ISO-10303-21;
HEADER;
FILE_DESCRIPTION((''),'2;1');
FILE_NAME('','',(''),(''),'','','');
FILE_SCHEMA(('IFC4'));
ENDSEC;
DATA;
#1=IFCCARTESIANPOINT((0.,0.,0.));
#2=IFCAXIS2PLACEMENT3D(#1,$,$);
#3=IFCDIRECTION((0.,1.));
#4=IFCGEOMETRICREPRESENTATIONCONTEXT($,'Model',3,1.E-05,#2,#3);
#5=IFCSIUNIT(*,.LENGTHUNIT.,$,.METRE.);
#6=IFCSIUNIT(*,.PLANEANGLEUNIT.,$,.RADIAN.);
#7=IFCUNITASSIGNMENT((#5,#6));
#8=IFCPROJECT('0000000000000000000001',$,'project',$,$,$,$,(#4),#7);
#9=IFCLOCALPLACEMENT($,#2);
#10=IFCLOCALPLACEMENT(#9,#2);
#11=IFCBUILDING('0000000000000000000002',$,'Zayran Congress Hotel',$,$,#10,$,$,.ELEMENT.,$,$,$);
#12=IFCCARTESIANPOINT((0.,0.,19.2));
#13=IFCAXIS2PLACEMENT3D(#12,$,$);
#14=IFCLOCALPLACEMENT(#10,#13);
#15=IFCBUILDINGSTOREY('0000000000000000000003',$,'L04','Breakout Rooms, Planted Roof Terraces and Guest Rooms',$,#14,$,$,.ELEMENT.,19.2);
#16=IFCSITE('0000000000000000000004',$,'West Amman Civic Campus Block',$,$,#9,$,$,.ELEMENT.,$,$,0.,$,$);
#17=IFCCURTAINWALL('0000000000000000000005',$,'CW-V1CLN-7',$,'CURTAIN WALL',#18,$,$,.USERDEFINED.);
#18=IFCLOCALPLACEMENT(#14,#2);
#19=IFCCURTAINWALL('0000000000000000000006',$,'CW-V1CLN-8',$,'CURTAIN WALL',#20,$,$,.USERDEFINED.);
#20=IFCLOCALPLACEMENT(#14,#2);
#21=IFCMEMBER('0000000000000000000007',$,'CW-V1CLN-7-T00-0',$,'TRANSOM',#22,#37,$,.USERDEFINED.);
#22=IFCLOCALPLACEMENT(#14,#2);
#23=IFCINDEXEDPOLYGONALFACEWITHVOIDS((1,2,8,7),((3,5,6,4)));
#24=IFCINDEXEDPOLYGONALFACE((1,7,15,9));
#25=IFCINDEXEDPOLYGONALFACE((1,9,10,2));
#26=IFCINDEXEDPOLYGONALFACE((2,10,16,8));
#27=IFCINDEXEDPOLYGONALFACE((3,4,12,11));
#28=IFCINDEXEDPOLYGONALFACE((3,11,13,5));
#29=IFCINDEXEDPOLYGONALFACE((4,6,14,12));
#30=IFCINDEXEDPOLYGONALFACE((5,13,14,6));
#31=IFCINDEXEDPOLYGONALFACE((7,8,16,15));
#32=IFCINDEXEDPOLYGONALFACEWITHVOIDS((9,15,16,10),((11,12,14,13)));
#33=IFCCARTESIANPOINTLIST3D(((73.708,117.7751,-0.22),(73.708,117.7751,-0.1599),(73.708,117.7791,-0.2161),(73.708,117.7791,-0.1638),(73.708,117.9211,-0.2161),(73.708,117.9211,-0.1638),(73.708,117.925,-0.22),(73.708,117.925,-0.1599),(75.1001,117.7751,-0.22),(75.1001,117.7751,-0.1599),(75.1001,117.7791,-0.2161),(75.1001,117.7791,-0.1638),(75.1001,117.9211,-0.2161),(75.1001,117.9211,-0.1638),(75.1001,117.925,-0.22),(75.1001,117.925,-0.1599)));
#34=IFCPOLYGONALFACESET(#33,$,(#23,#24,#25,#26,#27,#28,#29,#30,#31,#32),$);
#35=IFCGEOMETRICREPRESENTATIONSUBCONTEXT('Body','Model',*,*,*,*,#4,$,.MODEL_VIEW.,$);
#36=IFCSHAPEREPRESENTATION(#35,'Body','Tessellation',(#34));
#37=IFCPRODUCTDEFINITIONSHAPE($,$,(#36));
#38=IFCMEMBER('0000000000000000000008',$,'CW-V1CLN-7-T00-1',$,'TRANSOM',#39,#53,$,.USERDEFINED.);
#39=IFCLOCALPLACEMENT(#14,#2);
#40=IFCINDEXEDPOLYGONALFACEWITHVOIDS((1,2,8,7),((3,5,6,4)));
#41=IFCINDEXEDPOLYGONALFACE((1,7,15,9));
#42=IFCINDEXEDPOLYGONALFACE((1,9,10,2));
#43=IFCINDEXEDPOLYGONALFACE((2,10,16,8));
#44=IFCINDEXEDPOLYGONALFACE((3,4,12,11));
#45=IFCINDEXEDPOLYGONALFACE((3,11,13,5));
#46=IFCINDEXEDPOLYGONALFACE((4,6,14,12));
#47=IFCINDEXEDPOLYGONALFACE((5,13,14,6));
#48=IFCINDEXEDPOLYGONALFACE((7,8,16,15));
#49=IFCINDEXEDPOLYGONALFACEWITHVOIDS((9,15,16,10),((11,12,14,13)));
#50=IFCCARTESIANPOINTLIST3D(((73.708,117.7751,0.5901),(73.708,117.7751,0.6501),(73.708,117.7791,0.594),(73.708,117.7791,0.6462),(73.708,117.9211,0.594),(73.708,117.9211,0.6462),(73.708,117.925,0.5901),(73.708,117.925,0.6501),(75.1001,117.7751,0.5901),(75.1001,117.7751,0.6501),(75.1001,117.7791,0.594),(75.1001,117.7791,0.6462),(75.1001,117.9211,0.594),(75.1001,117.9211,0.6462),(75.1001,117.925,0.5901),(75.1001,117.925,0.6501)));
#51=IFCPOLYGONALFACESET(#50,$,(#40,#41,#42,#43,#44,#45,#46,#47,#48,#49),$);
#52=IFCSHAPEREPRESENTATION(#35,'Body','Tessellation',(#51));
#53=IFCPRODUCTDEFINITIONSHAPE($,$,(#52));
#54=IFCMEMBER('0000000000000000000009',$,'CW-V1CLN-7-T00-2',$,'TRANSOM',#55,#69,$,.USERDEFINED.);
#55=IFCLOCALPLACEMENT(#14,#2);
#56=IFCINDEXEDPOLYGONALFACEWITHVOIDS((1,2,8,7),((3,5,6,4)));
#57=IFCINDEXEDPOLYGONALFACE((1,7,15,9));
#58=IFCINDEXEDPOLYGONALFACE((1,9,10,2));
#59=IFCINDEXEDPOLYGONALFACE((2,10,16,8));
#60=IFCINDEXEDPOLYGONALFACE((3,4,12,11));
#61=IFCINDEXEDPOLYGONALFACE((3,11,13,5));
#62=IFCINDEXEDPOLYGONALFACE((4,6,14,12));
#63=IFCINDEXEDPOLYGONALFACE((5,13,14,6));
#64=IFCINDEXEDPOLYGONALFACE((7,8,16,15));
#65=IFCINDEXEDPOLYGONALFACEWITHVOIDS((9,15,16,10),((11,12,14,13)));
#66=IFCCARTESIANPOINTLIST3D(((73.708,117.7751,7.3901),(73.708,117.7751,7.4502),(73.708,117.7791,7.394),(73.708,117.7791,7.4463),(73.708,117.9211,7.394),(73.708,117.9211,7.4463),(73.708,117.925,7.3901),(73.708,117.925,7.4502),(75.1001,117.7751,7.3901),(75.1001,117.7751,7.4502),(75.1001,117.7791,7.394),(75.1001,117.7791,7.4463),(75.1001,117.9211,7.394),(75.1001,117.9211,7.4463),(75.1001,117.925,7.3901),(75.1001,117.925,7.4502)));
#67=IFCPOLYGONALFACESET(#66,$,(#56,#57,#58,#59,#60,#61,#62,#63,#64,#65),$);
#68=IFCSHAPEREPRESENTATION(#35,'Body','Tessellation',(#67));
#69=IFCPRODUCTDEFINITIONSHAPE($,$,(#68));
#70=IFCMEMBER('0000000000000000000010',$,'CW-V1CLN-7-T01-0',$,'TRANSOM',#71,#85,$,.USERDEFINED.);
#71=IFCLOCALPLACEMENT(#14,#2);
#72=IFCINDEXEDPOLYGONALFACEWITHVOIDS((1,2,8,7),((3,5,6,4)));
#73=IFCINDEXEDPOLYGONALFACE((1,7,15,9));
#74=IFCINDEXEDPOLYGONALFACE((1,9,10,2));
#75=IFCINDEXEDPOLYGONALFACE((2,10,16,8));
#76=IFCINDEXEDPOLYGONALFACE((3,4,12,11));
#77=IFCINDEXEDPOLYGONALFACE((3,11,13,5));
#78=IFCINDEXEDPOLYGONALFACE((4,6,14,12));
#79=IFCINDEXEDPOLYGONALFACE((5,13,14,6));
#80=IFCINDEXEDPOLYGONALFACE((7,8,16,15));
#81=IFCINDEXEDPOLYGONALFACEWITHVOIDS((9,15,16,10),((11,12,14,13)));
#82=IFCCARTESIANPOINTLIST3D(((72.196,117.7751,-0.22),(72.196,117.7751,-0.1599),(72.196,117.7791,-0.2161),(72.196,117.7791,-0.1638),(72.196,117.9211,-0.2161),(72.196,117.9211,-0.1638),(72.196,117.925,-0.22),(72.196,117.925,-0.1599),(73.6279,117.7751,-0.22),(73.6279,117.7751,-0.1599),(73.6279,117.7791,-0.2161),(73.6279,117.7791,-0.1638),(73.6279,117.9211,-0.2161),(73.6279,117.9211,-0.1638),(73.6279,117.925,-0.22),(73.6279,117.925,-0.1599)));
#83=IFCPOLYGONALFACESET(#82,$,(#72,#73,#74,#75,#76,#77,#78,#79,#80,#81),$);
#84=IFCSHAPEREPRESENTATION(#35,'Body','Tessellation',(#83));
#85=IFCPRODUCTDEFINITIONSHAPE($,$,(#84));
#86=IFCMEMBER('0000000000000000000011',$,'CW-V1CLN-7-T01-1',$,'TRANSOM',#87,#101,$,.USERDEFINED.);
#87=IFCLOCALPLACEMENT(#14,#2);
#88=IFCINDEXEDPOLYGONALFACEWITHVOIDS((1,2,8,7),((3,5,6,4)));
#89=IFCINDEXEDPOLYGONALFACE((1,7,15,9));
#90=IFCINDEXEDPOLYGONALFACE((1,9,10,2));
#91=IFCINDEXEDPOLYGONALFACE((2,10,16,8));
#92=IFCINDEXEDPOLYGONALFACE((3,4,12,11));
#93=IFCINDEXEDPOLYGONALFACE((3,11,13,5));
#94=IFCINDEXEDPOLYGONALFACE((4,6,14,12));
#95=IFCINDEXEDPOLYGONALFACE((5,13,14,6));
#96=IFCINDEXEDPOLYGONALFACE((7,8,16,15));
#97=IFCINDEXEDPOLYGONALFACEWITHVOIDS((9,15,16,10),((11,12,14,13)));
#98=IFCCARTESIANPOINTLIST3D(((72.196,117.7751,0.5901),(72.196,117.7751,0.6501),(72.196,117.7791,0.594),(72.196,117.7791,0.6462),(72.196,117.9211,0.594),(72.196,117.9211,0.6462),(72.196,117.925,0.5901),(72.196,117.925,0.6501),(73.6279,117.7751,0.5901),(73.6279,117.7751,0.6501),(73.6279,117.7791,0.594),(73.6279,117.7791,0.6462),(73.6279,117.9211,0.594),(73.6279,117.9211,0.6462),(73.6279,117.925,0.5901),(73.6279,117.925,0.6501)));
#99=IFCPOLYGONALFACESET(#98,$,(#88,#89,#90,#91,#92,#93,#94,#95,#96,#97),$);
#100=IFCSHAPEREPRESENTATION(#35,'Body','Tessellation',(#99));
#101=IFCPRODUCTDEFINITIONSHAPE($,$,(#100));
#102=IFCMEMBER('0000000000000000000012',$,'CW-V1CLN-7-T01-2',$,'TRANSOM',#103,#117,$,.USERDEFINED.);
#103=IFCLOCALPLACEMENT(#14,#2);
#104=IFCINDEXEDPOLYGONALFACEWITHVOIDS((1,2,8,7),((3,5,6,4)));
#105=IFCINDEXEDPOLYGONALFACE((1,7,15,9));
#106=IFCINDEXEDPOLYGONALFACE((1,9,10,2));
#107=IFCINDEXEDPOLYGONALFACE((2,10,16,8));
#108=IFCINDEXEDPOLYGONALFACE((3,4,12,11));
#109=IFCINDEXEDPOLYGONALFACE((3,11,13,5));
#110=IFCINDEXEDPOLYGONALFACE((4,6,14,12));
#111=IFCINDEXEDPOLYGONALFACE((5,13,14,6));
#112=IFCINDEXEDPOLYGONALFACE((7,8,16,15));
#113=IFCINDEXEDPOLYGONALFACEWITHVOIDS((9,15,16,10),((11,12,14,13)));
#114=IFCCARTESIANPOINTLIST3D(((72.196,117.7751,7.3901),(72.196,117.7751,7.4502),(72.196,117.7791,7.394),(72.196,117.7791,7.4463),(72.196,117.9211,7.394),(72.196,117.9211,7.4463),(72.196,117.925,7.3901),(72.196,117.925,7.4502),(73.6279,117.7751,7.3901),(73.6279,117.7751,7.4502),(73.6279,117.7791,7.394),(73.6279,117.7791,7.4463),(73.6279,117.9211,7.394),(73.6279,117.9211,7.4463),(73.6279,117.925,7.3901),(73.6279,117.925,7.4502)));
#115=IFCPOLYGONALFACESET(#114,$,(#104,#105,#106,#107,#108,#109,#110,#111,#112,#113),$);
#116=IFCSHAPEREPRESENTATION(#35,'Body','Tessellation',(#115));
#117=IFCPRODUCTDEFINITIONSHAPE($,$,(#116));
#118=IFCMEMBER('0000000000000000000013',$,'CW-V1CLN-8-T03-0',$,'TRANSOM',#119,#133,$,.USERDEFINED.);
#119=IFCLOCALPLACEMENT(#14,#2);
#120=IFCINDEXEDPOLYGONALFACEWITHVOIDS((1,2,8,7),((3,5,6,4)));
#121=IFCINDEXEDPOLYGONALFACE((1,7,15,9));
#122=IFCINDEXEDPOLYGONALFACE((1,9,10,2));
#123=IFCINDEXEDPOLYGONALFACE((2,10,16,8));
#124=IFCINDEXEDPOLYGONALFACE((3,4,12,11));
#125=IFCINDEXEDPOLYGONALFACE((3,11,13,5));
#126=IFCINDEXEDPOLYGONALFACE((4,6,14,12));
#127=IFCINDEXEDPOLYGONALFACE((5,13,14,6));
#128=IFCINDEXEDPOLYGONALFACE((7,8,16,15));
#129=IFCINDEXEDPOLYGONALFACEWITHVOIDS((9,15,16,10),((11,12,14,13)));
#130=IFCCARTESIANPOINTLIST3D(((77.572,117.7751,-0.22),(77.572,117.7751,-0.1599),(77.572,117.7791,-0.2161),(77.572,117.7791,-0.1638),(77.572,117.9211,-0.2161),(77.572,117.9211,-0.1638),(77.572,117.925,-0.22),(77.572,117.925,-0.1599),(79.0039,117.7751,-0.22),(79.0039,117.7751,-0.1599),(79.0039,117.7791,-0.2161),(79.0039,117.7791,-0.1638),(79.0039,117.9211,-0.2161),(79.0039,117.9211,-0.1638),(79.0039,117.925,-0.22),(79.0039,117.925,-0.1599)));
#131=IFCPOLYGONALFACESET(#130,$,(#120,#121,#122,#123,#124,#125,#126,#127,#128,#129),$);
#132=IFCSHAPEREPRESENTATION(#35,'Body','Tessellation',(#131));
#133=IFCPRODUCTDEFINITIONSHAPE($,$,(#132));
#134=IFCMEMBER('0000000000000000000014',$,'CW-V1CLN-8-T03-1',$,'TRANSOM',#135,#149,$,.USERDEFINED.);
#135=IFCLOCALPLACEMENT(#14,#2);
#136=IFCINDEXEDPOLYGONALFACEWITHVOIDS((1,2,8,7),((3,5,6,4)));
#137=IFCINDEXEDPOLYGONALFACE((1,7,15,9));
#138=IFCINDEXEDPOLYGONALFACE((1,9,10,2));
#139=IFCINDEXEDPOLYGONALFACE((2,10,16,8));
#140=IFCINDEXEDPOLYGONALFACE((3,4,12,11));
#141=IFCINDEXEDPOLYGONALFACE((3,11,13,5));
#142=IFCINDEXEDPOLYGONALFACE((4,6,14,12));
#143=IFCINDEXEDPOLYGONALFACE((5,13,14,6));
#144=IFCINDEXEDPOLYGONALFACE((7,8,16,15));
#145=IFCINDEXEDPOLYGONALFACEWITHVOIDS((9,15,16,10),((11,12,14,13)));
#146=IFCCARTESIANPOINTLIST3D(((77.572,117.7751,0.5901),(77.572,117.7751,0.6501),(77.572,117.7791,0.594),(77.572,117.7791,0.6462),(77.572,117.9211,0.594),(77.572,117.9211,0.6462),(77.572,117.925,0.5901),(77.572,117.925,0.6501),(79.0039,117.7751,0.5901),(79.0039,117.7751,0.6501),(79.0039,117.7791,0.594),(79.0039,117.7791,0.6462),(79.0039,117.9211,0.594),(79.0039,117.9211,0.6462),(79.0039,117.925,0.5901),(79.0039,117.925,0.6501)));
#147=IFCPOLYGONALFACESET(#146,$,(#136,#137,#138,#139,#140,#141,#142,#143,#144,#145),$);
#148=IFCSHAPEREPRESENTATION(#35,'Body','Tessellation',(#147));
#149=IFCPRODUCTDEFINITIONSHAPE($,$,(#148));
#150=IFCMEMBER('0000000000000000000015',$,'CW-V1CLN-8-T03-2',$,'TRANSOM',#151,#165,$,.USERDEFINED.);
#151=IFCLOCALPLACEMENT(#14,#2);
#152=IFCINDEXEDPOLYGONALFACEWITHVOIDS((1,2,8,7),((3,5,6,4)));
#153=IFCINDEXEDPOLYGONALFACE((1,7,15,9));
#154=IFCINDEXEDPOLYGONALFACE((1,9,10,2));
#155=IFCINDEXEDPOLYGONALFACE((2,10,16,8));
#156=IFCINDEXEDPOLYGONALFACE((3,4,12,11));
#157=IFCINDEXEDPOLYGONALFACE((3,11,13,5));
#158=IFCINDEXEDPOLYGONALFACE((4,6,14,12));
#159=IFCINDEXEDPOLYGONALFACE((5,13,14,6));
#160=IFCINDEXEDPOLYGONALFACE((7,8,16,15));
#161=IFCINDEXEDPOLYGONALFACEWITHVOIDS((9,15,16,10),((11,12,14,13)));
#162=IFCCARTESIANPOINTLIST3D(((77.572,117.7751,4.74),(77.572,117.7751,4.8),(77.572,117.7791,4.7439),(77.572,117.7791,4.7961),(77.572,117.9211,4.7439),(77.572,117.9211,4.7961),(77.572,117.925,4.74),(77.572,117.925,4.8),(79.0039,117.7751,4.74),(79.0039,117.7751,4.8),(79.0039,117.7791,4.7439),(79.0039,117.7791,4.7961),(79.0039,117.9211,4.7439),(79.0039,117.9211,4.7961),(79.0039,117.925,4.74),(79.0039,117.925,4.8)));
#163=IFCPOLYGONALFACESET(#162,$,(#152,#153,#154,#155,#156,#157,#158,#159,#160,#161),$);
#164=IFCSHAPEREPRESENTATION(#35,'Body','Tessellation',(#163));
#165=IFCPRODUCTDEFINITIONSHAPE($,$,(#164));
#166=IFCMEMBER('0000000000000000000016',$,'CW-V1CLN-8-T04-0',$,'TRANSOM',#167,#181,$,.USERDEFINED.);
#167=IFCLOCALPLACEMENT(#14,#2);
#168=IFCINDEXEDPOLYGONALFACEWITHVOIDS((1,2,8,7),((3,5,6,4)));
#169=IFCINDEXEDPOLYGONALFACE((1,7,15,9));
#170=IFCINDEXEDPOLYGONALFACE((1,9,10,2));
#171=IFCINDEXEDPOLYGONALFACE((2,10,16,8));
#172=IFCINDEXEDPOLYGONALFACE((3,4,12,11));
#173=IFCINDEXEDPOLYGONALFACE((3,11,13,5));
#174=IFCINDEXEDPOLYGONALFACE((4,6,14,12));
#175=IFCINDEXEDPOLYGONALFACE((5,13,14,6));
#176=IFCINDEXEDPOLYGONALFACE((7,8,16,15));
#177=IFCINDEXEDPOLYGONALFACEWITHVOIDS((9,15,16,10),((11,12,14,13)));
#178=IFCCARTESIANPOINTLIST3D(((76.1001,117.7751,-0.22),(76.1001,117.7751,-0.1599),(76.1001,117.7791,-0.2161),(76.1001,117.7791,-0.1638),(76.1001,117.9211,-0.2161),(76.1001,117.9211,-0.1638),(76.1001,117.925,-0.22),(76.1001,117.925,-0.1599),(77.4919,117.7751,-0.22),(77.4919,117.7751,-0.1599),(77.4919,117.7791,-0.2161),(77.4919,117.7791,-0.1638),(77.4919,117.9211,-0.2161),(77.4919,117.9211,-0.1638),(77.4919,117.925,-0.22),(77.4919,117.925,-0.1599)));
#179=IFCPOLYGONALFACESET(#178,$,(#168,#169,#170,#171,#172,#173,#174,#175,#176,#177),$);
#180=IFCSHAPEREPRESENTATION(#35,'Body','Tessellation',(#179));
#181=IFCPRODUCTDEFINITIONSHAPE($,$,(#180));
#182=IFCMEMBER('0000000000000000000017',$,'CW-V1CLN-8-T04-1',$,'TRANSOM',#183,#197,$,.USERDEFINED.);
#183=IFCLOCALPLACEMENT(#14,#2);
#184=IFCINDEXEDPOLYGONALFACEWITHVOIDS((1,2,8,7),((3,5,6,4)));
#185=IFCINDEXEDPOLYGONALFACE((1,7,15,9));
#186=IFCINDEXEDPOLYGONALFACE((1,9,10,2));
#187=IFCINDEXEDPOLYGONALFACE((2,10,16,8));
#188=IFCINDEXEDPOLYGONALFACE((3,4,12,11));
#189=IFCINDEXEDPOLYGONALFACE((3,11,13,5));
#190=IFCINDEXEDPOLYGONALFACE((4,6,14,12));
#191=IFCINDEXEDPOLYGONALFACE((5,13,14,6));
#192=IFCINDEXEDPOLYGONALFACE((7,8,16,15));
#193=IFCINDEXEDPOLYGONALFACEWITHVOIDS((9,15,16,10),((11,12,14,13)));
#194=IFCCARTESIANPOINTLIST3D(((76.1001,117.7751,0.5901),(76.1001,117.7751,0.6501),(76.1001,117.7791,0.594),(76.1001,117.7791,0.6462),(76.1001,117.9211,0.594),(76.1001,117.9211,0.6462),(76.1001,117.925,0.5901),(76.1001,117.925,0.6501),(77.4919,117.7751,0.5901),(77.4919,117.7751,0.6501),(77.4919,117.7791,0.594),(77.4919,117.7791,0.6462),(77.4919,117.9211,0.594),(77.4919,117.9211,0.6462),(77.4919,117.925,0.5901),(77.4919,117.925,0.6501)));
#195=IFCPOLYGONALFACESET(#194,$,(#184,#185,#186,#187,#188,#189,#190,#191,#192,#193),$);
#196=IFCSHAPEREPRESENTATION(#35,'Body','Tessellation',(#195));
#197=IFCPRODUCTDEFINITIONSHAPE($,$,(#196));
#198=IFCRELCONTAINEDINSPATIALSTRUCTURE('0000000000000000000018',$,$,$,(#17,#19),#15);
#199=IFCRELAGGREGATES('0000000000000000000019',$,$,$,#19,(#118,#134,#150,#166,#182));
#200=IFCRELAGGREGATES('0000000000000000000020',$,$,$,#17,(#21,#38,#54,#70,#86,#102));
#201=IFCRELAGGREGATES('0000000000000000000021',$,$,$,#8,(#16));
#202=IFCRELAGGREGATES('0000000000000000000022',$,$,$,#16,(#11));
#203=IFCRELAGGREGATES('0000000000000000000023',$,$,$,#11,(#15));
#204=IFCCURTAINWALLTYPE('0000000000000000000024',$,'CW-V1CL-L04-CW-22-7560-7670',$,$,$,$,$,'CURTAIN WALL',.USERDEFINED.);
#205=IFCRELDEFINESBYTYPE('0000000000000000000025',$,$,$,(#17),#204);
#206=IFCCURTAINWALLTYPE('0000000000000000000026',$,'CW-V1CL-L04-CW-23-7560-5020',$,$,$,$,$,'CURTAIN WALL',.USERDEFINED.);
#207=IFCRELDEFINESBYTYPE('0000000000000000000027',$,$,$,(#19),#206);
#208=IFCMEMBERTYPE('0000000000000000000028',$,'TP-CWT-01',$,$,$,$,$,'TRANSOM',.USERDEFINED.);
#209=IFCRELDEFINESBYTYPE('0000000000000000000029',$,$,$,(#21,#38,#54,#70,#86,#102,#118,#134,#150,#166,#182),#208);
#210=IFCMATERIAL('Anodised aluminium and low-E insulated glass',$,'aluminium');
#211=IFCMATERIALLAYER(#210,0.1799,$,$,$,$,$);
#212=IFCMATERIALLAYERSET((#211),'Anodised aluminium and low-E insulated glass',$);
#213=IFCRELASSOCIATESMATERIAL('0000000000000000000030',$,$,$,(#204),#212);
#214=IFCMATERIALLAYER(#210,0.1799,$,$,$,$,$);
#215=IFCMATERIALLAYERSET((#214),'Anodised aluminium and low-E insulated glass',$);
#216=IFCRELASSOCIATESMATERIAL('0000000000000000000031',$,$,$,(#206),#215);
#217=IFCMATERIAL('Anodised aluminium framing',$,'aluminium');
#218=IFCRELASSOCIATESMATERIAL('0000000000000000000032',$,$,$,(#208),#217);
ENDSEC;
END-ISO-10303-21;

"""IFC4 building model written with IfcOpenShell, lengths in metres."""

from ifc_helpers import new_model, si_unit, direction, frame, origin, origin_2d, place, context, subcontext, project, spatial, hollow_rectangle, extrude, material, layer, layer_set, material_profile, profile_set, type_object, element, aggregate, save


model = new_model("IFC4")

# Units and contexts
model_context = context("Model", 3, precision=1e-05, world=origin(), true_north=direction((0.0, 1.0)))
body_context = subcontext(model_context, "Body", "Model", "MODEL_VIEW")
ifc_project = project(units=[si_unit("LENGTHUNIT", "METRE"), si_unit("PLANEANGLEUNIT", "RADIAN")], contexts=[model_context])

# Site, building, storey
site_placement = place(None, origin())
site = spatial("IfcSite", under=ifc_project, at=site_placement, Name="West Amman Civic Campus Block", CompositionType="ELEMENT", RefElevation=0.0)
building_placement = place(site_placement, origin())
building = spatial("IfcBuilding", under=site, at=building_placement, Name="Zayran Congress Hotel", CompositionType="ELEMENT")
storey_placement = place(building_placement, frame((0.0, 0.0, 19.2)))
storey = spatial("IfcBuildingStorey", under=building, at=storey_placement, Name="L04", Description="Breakout Rooms, Planted Roof Terraces and Guest Rooms", CompositionType="ELEMENT", Elevation=19.2)

# Curtain walls
ifc_material_1 = material(Name="Anodised aluminium and low-E insulated glass", Category="aluminium")
ifc_layer_1 = layer(ifc_material_1, 0.1799)
ifc_layer_set_1 = layer_set([ifc_layer_1], Name="Anodised aluminium and low-E insulated glass")
curtain_wall_type_1 = type_object("IfcCurtainWallType", Name="CW-V1CL-L04-CW-22-7560-7670", ElementType="CURTAIN WALL", PredefinedType="USERDEFINED", material=ifc_layer_set_1)
curtain_wall_1_placement = place(storey_placement, origin())
curtain_wall_1 = element("IfcCurtainWall", 1, at=curtain_wall_1_placement, inside=storey, type_object=curtain_wall_type_1, Name="CW-V1CLN-7", ObjectType="CURTAIN WALL", PredefinedType="USERDEFINED")
ifc_material_2 = material(Name="Anodised aluminium framing", Category="aluminium")
ifc_layer_2 = layer(ifc_material_1, 0.1799)
ifc_layer_set_2 = layer_set([ifc_layer_2], Name="Anodised aluminium and low-E insulated glass")
curtain_wall_type_2 = type_object("IfcCurtainWallType", Name="CW-V1CL-L04-CW-23-7560-5020", ElementType="CURTAIN WALL", PredefinedType="USERDEFINED", material=ifc_layer_set_2)
curtain_wall_2_placement = place(storey_placement, origin())
curtain_wall_2 = element("IfcCurtainWall", 2, at=curtain_wall_2_placement, inside=storey, type_object=curtain_wall_type_2, Name="CW-V1CLN-8", ObjectType="CURTAIN WALL", PredefinedType="USERDEFINED")

# Members
ifc_material_profile_1 = material_profile(ifc_material_2, hollow_rectangle(XDim=0.0601, YDim=0.1499, WallThickness=0.0039, at=origin_2d()), Name="RHS 150x60x4")
ifc_profile_set_1 = profile_set([ifc_material_profile_1], Name="Anodised aluminium framing")
member_type_1 = type_object("IfcMemberType", Name="TP-CWT-01", ElementType="TRANSOM", PredefinedType="USERDEFINED", material=ifc_profile_set_1)
member_1_placement = place(storey_placement, frame((75.1001, 117.8501, -0.1899), z_axis=(-1.0, 0.0, 0.0), x_axis=(0.0, 0.0, 1.0)))
member_1 = element("IfcMember", 3, at=member_1_placement, type_object=member_type_1, Name="CW-V1CLN-7-T00-0", ObjectType="TRANSOM", PredefinedType="USERDEFINED", context=body_context, shape_type="SweptSolid", body=[
    extrude(hollow_rectangle(XDim=0.0601, YDim=0.1499, WallThickness=0.0039, at=origin_2d()), origin(), (0.0, 0.0, 1.0), 1.3921),
])
member_2_placement = place(storey_placement, frame((75.1001, 117.8501, 0.6201), z_axis=(-1.0, 0.0, 0.0), x_axis=(0.0, 0.0, 1.0)))
member_2 = element("IfcMember", 4, at=member_2_placement, type_object=member_type_1, Name="CW-V1CLN-7-T00-1", ObjectType="TRANSOM", PredefinedType="USERDEFINED", context=body_context, shape_type="SweptSolid", body=[
    extrude(hollow_rectangle(XDim=0.0601, YDim=0.1499, WallThickness=0.0039, at=origin_2d()), origin(), (0.0, 0.0, 1.0), 1.3921),
])
member_3_placement = place(storey_placement, frame((75.1001, 117.8501, 7.4202), z_axis=(-1.0, 0.0, 0.0), x_axis=(0.0, 0.0, 1.0)))
member_3 = element("IfcMember", 5, at=member_3_placement, type_object=member_type_1, Name="CW-V1CLN-7-T00-2", ObjectType="TRANSOM", PredefinedType="USERDEFINED", context=body_context, shape_type="SweptSolid", body=[
    extrude(hollow_rectangle(XDim=0.0601, YDim=0.1499, WallThickness=0.0039, at=origin_2d()), origin(), (0.0, 0.0, 1.0), 1.3921),
])
member_4_placement = place(storey_placement, frame((73.6279, 117.8501, -0.1899), z_axis=(-1.0, 0.0, 0.0), x_axis=(0.0, 0.0, 1.0)))
member_4 = element("IfcMember", 6, at=member_4_placement, type_object=member_type_1, Name="CW-V1CLN-7-T01-0", ObjectType="TRANSOM", PredefinedType="USERDEFINED", context=body_context, shape_type="SweptSolid", body=[
    extrude(hollow_rectangle(XDim=0.0601, YDim=0.1499, WallThickness=0.0039, at=origin_2d()), origin(), (0.0, 0.0, 1.0), 1.4319),
])
member_5_placement = place(storey_placement, frame((73.6279, 117.8501, 0.6201), z_axis=(-1.0, 0.0, 0.0), x_axis=(0.0, 0.0, 1.0)))
member_5 = element("IfcMember", 7, at=member_5_placement, type_object=member_type_1, Name="CW-V1CLN-7-T01-1", ObjectType="TRANSOM", PredefinedType="USERDEFINED", context=body_context, shape_type="SweptSolid", body=[
    extrude(hollow_rectangle(XDim=0.0601, YDim=0.1499, WallThickness=0.0039, at=origin_2d()), origin(), (0.0, 0.0, 1.0), 1.4319),
])
member_6_placement = place(storey_placement, frame((73.6279, 117.8501, 7.4202), z_axis=(-1.0, 0.0, 0.0), x_axis=(0.0, 0.0, 1.0)))
member_6 = element("IfcMember", 8, at=member_6_placement, type_object=member_type_1, Name="CW-V1CLN-7-T01-2", ObjectType="TRANSOM", PredefinedType="USERDEFINED", context=body_context, shape_type="SweptSolid", body=[
    extrude(hollow_rectangle(XDim=0.0601, YDim=0.1499, WallThickness=0.0039, at=origin_2d()), origin(), (0.0, 0.0, 1.0), 1.4319),
])
member_7_placement = place(storey_placement, frame((79.0039, 117.8501, -0.1899), z_axis=(-1.0, 0.0, 0.0), x_axis=(0.0, 0.0, 1.0)))
member_7 = element("IfcMember", 9, at=member_7_placement, type_object=member_type_1, Name="CW-V1CLN-8-T03-0", ObjectType="TRANSOM", PredefinedType="USERDEFINED", context=body_context, shape_type="SweptSolid", body=[
    extrude(hollow_rectangle(XDim=0.0601, YDim=0.1499, WallThickness=0.0039, at=origin_2d()), origin(), (0.0, 0.0, 1.0), 1.4319),
])
member_8_placement = place(storey_placement, frame((79.0039, 117.8501, 0.6201), z_axis=(-1.0, 0.0, 0.0), x_axis=(0.0, 0.0, 1.0)))
member_8 = element("IfcMember", 10, at=member_8_placement, type_object=member_type_1, Name="CW-V1CLN-8-T03-1", ObjectType="TRANSOM", PredefinedType="USERDEFINED", context=body_context, shape_type="SweptSolid", body=[
    extrude(hollow_rectangle(XDim=0.0601, YDim=0.1499, WallThickness=0.0039, at=origin_2d()), origin(), (0.0, 0.0, 1.0), 1.4319),
])
member_9_placement = place(storey_placement, frame((79.0039, 117.8501, 4.77), z_axis=(-1.0, 0.0, 0.0), x_axis=(0.0, 0.0, 1.0)))
member_9 = element("IfcMember", 11, at=member_9_placement, type_object=member_type_1, Name="CW-V1CLN-8-T03-2", ObjectType="TRANSOM", PredefinedType="USERDEFINED", context=body_context, shape_type="SweptSolid", body=[
    extrude(hollow_rectangle(XDim=0.0601, YDim=0.1499, WallThickness=0.0039, at=origin_2d()), origin(), (0.0, 0.0, 1.0), 1.4319),
])
member_10_placement = place(storey_placement, frame((77.4919, 117.8501, -0.1899), z_axis=(-1.0, 0.0, 0.0), x_axis=(0.0, 0.0, 1.0)))
member_10 = element("IfcMember", 12, at=member_10_placement, type_object=member_type_1, Name="CW-V1CLN-8-T04-0", ObjectType="TRANSOM", PredefinedType="USERDEFINED", context=body_context, shape_type="SweptSolid", body=[
    extrude(hollow_rectangle(XDim=0.0601, YDim=0.1499, WallThickness=0.0039, at=origin_2d()), origin(), (0.0, 0.0, 1.0), 1.3918),
])
member_11_placement = place(storey_placement, frame((77.4919, 117.8501, 0.6201), z_axis=(-1.0, 0.0, 0.0), x_axis=(0.0, 0.0, 1.0)))
member_11 = element("IfcMember", 13, at=member_11_placement, type_object=member_type_1, Name="CW-V1CLN-8-T04-1", ObjectType="TRANSOM", PredefinedType="USERDEFINED", context=body_context, shape_type="SweptSolid", body=[
    extrude(hollow_rectangle(XDim=0.0601, YDim=0.1499, WallThickness=0.0039, at=origin_2d()), origin(), (0.0, 0.0, 1.0), 1.3918),
])

aggregate(curtain_wall_2, [member_7, member_8, member_9, member_10, member_11])
aggregate(curtain_wall_1, [member_1, member_2, member_3, member_4, member_5, member_6])

save(model, "model.ifc")
